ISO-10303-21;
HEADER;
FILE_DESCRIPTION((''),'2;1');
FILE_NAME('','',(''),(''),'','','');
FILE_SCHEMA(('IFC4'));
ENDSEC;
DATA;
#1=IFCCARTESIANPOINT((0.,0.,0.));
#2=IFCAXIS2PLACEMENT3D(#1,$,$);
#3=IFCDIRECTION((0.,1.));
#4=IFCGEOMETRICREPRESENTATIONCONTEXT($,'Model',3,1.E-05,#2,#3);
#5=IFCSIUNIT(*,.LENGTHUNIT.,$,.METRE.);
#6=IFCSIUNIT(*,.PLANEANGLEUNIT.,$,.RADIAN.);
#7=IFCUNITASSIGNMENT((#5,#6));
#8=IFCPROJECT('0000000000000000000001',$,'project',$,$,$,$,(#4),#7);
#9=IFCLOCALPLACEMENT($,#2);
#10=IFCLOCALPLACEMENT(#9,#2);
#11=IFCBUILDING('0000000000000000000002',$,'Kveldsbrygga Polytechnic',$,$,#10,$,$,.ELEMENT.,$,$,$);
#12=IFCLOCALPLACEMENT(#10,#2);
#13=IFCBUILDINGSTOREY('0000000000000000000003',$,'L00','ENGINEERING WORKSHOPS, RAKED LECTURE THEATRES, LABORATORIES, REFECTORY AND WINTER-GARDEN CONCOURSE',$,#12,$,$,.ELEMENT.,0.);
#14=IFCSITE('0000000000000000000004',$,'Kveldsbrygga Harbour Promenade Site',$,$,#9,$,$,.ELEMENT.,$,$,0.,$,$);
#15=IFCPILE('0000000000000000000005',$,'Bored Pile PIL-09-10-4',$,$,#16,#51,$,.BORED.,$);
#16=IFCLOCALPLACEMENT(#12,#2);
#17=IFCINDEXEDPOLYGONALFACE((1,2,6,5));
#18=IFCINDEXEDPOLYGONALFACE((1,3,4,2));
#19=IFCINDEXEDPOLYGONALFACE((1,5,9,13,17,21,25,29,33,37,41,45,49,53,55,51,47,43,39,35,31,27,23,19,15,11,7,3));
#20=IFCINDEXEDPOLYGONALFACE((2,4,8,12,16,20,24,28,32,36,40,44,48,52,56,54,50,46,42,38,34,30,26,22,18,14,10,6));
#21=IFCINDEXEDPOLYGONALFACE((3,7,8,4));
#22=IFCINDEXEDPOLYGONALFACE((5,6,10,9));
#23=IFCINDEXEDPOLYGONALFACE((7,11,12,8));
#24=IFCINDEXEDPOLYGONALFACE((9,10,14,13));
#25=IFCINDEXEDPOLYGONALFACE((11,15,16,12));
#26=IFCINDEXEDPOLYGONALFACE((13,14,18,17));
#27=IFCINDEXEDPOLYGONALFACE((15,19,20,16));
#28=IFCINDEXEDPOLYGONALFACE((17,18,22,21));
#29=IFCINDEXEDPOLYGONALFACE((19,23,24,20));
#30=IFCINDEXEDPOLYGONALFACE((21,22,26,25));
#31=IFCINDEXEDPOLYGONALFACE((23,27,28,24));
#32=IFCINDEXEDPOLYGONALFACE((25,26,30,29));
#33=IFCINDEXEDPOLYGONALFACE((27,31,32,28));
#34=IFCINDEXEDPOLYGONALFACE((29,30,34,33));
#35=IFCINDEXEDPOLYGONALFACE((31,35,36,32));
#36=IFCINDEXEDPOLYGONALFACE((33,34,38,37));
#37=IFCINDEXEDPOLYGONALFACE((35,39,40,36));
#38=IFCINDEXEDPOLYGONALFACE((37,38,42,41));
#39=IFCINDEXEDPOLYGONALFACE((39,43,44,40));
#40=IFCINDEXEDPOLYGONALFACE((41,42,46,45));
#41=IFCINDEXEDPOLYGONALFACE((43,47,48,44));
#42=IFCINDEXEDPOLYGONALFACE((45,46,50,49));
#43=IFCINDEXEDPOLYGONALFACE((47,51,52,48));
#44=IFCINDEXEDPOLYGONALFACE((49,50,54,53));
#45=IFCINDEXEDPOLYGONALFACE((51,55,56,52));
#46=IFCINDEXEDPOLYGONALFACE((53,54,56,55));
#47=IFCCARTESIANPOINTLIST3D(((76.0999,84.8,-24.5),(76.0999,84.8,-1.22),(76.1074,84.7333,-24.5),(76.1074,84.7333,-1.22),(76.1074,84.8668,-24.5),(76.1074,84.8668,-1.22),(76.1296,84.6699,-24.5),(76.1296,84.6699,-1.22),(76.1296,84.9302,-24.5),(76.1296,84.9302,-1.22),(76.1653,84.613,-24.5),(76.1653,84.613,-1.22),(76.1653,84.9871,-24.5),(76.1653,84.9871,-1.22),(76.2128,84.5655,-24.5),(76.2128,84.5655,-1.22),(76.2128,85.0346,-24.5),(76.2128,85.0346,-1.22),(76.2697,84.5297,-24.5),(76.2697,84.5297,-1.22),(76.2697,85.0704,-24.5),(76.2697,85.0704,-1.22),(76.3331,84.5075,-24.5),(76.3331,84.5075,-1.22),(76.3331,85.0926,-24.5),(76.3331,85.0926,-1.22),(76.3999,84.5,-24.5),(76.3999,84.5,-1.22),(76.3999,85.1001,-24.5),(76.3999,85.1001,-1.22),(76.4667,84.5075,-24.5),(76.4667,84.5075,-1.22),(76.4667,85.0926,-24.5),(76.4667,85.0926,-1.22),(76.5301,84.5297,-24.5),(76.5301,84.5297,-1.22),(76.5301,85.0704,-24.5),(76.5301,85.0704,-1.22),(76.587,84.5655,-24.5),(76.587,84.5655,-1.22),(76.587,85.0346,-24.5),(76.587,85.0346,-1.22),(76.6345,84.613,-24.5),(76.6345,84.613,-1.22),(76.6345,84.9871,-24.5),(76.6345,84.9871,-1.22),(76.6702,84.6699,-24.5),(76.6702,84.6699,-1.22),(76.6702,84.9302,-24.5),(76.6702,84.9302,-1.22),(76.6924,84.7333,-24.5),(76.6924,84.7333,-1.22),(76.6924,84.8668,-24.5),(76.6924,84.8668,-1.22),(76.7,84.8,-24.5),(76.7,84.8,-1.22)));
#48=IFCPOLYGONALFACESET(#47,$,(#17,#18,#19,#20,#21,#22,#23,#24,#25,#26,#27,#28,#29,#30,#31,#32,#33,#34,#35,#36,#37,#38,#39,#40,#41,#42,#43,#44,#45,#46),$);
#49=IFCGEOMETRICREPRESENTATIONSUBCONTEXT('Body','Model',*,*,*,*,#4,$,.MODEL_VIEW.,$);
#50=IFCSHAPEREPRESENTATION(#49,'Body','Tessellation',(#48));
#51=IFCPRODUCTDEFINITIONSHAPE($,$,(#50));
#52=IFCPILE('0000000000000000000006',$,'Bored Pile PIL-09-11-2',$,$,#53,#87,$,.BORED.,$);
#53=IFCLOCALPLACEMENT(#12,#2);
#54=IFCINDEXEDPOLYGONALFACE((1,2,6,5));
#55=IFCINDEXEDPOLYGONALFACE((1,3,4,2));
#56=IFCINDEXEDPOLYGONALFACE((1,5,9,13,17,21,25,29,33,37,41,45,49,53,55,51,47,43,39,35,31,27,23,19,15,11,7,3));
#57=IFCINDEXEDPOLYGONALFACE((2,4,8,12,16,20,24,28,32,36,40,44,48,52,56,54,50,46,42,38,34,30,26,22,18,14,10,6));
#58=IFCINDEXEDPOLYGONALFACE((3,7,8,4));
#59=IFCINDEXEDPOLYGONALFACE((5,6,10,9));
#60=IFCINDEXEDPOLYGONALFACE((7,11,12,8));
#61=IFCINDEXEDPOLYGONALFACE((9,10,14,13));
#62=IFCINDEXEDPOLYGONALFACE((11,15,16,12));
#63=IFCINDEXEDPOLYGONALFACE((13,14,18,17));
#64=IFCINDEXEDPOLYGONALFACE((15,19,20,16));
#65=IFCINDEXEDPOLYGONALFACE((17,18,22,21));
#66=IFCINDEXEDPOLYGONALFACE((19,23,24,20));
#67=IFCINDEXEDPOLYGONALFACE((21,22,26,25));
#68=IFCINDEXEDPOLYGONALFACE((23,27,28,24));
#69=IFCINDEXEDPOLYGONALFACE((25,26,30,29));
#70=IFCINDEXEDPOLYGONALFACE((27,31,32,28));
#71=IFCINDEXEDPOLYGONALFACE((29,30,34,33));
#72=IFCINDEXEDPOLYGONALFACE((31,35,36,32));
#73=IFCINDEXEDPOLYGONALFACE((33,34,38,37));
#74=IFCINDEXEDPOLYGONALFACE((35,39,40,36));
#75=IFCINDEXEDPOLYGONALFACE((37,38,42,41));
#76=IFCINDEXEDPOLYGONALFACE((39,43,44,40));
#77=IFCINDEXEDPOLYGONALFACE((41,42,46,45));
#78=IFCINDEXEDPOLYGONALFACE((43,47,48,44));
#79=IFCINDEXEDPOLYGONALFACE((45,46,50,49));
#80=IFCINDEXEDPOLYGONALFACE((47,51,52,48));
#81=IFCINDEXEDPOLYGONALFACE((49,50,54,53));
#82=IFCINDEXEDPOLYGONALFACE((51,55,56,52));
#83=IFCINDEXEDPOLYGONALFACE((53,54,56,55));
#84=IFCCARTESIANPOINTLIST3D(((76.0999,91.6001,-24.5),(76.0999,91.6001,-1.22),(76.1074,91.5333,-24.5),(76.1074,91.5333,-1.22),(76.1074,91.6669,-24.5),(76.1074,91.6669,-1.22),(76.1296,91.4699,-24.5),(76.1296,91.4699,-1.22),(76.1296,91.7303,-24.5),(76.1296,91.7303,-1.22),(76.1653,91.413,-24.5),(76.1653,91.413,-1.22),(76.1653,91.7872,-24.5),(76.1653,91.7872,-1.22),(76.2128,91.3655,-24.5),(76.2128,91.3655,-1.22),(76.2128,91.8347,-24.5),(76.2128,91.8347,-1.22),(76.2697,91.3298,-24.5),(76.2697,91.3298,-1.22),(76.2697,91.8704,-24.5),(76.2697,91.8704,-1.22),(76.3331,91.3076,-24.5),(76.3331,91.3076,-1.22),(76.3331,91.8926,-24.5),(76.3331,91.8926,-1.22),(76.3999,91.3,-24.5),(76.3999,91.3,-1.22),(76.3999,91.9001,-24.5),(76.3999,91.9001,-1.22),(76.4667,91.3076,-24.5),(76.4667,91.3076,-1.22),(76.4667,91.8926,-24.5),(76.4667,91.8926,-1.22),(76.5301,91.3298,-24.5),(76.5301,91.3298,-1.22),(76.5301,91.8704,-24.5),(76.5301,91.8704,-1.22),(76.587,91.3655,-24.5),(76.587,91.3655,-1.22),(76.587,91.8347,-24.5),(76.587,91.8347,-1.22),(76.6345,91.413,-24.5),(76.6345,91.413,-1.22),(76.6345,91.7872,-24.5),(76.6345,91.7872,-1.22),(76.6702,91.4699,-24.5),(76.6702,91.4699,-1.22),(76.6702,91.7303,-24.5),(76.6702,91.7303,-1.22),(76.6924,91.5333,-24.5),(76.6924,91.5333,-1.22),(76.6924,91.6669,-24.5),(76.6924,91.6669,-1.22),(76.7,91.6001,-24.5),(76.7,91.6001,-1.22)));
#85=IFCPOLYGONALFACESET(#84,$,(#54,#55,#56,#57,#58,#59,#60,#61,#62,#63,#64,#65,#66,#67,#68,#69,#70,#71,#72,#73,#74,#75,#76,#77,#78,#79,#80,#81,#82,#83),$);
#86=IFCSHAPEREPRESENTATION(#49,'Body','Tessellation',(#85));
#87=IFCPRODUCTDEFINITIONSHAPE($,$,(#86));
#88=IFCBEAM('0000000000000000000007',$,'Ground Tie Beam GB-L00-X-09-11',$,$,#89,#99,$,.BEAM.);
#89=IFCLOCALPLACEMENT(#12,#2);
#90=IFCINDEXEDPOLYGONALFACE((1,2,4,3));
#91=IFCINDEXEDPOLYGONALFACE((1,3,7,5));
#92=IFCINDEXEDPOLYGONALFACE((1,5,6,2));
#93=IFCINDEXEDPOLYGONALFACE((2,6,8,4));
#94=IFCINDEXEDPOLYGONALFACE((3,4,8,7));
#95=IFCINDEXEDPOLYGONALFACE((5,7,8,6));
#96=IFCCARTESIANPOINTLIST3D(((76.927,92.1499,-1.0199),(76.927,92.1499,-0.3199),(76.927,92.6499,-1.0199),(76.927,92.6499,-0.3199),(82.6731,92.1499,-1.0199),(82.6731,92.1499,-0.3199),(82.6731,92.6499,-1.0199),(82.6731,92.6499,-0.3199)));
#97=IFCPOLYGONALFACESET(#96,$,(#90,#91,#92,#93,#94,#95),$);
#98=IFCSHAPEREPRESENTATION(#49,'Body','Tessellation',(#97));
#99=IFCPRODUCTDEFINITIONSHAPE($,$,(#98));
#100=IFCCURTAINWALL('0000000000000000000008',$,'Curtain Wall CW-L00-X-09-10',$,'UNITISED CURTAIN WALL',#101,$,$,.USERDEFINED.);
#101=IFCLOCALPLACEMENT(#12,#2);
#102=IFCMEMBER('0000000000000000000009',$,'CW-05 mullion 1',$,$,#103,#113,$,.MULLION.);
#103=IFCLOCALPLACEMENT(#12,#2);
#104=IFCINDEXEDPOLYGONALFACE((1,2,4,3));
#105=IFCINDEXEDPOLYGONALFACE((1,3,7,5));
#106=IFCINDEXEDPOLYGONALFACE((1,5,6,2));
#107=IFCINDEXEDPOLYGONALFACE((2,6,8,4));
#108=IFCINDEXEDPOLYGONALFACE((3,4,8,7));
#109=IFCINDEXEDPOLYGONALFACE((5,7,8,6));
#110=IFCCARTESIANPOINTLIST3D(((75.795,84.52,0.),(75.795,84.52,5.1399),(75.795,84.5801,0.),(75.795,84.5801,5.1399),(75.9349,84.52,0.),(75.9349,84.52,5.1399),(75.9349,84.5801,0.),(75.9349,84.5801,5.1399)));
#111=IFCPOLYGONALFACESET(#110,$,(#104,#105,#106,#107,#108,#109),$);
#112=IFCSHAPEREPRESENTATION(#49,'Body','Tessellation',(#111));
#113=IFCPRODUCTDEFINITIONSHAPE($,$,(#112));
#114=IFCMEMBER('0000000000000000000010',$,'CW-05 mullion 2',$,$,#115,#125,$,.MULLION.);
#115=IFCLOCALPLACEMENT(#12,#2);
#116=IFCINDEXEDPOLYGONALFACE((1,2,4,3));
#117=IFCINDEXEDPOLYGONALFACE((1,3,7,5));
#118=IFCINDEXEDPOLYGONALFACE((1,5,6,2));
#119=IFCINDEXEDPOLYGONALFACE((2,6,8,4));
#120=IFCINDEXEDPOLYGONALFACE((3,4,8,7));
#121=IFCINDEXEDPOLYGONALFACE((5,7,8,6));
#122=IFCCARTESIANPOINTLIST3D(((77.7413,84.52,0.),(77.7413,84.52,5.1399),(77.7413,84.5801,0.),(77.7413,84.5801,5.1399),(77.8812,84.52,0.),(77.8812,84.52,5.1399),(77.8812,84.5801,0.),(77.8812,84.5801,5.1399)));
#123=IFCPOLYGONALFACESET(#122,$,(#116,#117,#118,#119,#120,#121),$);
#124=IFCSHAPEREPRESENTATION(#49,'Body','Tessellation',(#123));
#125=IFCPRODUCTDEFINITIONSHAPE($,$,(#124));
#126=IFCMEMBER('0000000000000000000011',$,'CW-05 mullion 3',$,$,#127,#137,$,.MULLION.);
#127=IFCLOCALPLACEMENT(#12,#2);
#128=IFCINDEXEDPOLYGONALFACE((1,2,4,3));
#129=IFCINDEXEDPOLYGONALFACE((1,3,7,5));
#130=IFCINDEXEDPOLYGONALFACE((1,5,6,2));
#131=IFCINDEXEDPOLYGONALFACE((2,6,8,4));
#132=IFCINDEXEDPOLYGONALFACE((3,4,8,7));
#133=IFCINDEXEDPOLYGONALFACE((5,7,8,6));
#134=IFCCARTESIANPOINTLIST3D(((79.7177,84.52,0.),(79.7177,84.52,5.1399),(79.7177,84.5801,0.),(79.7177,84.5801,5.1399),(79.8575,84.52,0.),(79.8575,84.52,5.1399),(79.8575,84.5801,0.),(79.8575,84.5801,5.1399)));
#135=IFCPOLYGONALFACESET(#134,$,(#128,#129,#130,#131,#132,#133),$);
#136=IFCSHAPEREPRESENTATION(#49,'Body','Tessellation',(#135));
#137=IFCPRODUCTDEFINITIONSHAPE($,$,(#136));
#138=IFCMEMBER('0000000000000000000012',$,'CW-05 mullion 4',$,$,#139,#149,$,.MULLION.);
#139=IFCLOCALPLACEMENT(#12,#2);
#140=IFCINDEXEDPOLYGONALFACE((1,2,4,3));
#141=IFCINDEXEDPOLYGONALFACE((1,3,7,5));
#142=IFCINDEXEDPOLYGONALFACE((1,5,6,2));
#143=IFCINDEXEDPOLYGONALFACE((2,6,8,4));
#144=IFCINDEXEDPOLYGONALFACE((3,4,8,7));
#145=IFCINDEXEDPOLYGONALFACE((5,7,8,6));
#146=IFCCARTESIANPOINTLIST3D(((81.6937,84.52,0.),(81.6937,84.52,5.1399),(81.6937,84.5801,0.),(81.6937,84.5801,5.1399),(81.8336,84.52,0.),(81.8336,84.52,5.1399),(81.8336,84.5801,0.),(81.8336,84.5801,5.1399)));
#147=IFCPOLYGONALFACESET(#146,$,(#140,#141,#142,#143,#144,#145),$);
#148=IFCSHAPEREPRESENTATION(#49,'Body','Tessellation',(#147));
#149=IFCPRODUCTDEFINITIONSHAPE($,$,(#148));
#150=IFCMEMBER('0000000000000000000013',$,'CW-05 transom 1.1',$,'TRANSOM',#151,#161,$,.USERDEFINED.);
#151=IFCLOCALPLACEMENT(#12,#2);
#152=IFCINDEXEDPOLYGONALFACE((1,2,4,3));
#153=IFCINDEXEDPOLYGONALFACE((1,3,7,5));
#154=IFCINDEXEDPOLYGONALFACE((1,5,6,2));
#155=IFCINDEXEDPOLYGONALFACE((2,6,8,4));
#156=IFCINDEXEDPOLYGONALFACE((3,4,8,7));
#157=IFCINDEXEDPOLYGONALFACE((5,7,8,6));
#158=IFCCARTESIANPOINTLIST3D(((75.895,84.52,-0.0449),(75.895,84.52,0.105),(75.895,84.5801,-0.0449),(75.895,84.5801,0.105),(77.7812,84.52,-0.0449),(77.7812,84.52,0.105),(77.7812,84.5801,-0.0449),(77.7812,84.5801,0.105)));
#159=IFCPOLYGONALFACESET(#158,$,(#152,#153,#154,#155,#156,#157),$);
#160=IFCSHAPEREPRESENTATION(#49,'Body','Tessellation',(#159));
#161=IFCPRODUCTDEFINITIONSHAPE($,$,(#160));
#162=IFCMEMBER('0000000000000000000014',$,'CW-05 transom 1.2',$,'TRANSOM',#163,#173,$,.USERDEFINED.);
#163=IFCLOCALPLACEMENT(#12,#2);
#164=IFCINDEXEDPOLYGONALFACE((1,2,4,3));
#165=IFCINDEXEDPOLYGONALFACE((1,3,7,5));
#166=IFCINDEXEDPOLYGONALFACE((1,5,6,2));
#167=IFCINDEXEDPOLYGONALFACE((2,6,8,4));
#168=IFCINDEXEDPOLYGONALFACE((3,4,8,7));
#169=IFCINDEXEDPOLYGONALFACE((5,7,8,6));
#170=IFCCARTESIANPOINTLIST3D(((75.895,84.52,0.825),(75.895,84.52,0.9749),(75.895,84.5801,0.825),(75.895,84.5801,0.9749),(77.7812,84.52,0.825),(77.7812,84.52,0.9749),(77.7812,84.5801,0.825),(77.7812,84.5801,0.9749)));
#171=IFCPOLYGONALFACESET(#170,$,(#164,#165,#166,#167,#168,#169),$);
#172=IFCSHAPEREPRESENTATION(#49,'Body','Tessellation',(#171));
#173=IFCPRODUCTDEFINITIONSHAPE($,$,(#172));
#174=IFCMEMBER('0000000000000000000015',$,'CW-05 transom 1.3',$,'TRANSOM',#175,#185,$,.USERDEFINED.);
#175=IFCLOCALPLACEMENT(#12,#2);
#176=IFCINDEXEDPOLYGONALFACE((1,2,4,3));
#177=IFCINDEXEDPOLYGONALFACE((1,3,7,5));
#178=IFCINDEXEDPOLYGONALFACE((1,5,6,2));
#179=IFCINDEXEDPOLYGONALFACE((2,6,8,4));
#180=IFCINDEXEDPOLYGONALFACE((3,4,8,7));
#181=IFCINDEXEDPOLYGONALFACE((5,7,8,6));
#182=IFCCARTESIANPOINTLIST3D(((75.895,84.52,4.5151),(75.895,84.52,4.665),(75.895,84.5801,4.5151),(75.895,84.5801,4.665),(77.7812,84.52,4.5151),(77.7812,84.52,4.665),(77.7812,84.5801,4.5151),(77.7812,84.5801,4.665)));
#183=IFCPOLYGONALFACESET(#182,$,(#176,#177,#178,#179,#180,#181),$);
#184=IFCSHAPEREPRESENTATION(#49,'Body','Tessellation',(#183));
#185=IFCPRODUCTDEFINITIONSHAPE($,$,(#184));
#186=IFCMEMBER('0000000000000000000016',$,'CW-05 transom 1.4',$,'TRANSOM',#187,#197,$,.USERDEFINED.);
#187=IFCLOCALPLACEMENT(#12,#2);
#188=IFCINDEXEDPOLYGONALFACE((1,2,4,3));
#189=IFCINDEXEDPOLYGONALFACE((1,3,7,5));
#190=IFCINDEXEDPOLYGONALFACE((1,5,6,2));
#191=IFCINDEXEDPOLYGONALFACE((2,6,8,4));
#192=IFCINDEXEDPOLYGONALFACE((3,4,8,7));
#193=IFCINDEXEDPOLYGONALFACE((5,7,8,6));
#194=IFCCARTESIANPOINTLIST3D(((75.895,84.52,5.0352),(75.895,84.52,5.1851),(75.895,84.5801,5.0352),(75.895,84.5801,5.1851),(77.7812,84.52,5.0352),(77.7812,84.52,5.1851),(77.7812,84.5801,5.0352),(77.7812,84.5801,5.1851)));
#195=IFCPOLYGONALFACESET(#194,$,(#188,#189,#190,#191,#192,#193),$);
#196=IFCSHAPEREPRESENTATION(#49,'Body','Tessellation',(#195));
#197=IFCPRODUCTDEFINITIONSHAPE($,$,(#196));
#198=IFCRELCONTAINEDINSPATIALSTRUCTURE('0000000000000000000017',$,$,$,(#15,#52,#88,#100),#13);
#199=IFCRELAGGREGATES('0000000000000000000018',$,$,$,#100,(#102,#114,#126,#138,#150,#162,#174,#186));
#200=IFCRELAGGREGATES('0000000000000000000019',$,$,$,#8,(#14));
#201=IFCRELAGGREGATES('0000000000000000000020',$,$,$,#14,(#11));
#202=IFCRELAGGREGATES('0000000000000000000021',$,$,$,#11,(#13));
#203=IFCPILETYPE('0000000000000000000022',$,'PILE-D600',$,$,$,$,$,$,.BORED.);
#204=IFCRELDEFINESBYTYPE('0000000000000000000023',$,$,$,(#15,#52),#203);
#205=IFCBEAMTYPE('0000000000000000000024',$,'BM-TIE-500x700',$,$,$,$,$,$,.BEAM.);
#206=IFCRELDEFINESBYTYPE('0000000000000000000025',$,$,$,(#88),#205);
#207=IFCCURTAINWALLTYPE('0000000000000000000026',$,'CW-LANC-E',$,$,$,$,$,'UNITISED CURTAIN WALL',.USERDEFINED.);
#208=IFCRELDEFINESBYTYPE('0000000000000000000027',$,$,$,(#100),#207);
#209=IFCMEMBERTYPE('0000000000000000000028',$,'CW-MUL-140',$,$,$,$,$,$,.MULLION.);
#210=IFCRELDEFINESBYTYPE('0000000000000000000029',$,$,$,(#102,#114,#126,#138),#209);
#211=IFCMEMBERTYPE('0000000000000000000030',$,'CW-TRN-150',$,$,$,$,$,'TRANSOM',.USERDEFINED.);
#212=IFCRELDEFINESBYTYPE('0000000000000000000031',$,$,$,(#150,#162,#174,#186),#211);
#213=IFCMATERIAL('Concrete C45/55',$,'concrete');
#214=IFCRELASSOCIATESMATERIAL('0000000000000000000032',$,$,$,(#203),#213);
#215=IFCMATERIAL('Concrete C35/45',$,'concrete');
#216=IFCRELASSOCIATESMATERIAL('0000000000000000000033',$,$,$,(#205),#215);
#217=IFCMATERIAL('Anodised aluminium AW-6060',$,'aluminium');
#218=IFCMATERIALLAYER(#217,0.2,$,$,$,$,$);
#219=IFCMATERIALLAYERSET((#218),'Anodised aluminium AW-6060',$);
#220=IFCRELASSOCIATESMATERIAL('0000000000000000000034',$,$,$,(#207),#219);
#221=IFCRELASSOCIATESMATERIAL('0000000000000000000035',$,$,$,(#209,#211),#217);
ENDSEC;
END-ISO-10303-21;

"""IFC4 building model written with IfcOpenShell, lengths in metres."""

from ifc_helpers import new_model, si_unit, direction, frame, origin, origin_2d, place, context, subcontext, project, spatial, rectangle, circle, extrude, material, layer, layer_set, material_profile, profile_set, type_object, element, aggregate, save


model = new_model("IFC4")

# Units and contexts
model_context = context("Model", 3, precision=1e-05, world=origin(), true_north=direction((0.0, 1.0)))
body_context = subcontext(model_context, "Body", "Model", "MODEL_VIEW")
ifc_project = project(units=[si_unit("LENGTHUNIT", "METRE"), si_unit("PLANEANGLEUNIT", "RADIAN")], contexts=[model_context])

# Site, building, storey
site_placement = place(None, origin())
site = spatial("IfcSite", under=ifc_project, at=site_placement, Name="Kveldsbrygga Harbour Promenade Site", CompositionType="ELEMENT", RefElevation=0.0)
building_placement = place(site_placement, origin())
building = spatial("IfcBuilding", under=site, at=building_placement, Name="Kveldsbrygga Polytechnic", CompositionType="ELEMENT")
storey_placement = place(building_placement, origin())
storey = spatial("IfcBuildingStorey", under=building, at=storey_placement, Name="L00", Description="ENGINEERING WORKSHOPS, RAKED LECTURE THEATRES, LABORATORIES, REFECTORY AND WINTER-GARDEN CONCOURSE", CompositionType="ELEMENT", Elevation=0.0)

# Piles
ifc_material_1 = material(Name="Concrete C45/55", Category="concrete")
ifc_material_profile_1 = material_profile(ifc_material_1, circle(Radius=0.3, at=origin_2d()), Name="PILE D600")
ifc_profile_set_1 = profile_set([ifc_material_profile_1], Name="Concrete C45/55")
pile_type = type_object("IfcPileType", Name="PILE-D600", PredefinedType="BORED", material=ifc_profile_set_1)
for number, where, z_axis, x_axis, name in (
    (1, (76.3999, 84.8, -1.22), (0.0, 0.0, -1.0), (1.0, 0.0, 0.0), "Bored Pile PIL-09-10-4"),
    (2, (76.3999, 91.6001, -1.22), (0.0, 0.0, -1.0), (1.0, 0.0, 0.0), "Bored Pile PIL-09-11-2"),
):
    element("IfcPile", number, at=place(storey_placement, frame(where, z_axis=z_axis, x_axis=x_axis)), inside=storey, type_object=pile_type, Name=name, PredefinedType="BORED", context=body_context, shape_type="SweptSolid", body=[
        extrude(circle(Radius=0.3, at=origin_2d()), origin(), (0.0, 0.0, 1.0), 23.28),
    ])

# Beam
ifc_material_2 = material(Name="Concrete C35/45", Category="concrete")
ifc_material_profile_2 = material_profile(ifc_material_2, rectangle(XDim=0.5, YDim=0.7, at=origin_2d()), Name="RC 500x700")
ifc_profile_set_2 = profile_set([ifc_material_profile_2], Name="Concrete C35/45")
beam_type_1 = type_object("IfcBeamType", Name="BM-TIE-500x700", PredefinedType="BEAM", material=ifc_profile_set_2)
beam_1_placement = place(storey_placement, frame((76.927, 92.3999, -0.6699), z_axis=(1.0, 0.0, 0.0), x_axis=(0.0, 1.0, 0.0)))
element("IfcBeam", 3, at=beam_1_placement, inside=storey, type_object=beam_type_1, Name="Ground Tie Beam GB-L00-X-09-11", PredefinedType="BEAM", context=body_context, shape_type="SweptSolid", body=[
    extrude(rectangle(XDim=0.5, YDim=0.7, at=origin_2d()), origin(), (0.0, 0.0, 1.0), 5.7461),
])

# Curtain wall, members
ifc_material_3 = material(Name="Anodised aluminium AW-6060", Category="aluminium")
ifc_layer_1 = layer(ifc_material_3, 0.2)
ifc_layer_set_1 = layer_set([ifc_layer_1], Name="Anodised aluminium AW-6060")
curtain_wall_type = type_object("IfcCurtainWallType", Name="CW-LANC-E", ElementType="UNITISED CURTAIN WALL", PredefinedType="USERDEFINED", material=ifc_layer_set_1)
curtain_wall_placement = place(storey_placement, origin())
curtain_wall = element("IfcCurtainWall", 4, at=curtain_wall_placement, inside=storey, type_object=curtain_wall_type, Name="Curtain Wall CW-L00-X-09-10", ObjectType="UNITISED CURTAIN WALL", PredefinedType="USERDEFINED")
ifc_material_profile_3 = material_profile(ifc_material_3, rectangle(XDim=0.0601, YDim=0.1399, at=origin_2d()), Name="ALU 60x140")
ifc_profile_set_3 = profile_set([ifc_material_profile_3], Name="Anodised aluminium AW-6060")
member_type_1 = type_object("IfcMemberType", Name="CW-MUL-140", PredefinedType="MULLION", material=ifc_profile_set_3)
member_1_placement = place(storey_placement, frame((75.865, 84.55, 0.0), z_axis=(0.0, 0.0, 1.0), x_axis=(0.0, 1.0, 0.0)))
member_1 = element("IfcMember", 5, at=member_1_placement, type_object=member_type_1, Name="CW-05 mullion 1", PredefinedType="MULLION", context=body_context, shape_type="SweptSolid", body=[
    extrude(rectangle(XDim=0.0601, YDim=0.1399, at=origin_2d()), origin(), (0.0, 0.0, 1.0), 5.1399),
])
member_2_placement = place(storey_placement, frame((77.8113, 84.55, 0.0), z_axis=(0.0, 0.0, 1.0), x_axis=(0.0, 1.0, 0.0)))
member_2 = element("IfcMember", 6, at=member_2_placement, type_object=member_type_1, Name="CW-05 mullion 2", PredefinedType="MULLION", context=body_context, shape_type="SweptSolid", body=[
    extrude(rectangle(XDim=0.0601, YDim=0.1399, at=origin_2d()), origin(), (0.0, 0.0, 1.0), 5.1399),
])
member_3_placement = place(storey_placement, frame((79.7876, 84.55, 0.0), z_axis=(0.0, 0.0, 1.0), x_axis=(0.0, 1.0, 0.0)))
member_3 = element("IfcMember", 7, at=member_3_placement, type_object=member_type_1, Name="CW-05 mullion 3", PredefinedType="MULLION", context=body_context, shape_type="SweptSolid", body=[
    extrude(rectangle(XDim=0.0601, YDim=0.1399, at=origin_2d()), origin(), (0.0, 0.0, 1.0), 5.1399),
])
member_4_placement = place(storey_placement, frame((81.7637, 84.55, 0.0), z_axis=(0.0, 0.0, 1.0), x_axis=(0.0, 1.0, 0.0)))
member_4 = element("IfcMember", 8, at=member_4_placement, type_object=member_type_1, Name="CW-05 mullion 4", PredefinedType="MULLION", context=body_context, shape_type="SweptSolid", body=[
    extrude(rectangle(XDim=0.0601, YDim=0.1399, at=origin_2d()), origin(), (0.0, 0.0, 1.0), 5.1399),
])
ifc_material_profile_4 = material_profile(ifc_material_3, rectangle(XDim=0.0601, YDim=0.1499, at=origin_2d()), Name="ALU 60x150")
ifc_profile_set_4 = profile_set([ifc_material_profile_4], Name="Anodised aluminium AW-6060")
member_type_2 = type_object("IfcMemberType", Name="CW-TRN-150", ElementType="TRANSOM", PredefinedType="USERDEFINED", material=ifc_profile_set_4)
member_5_placement = place(storey_placement, frame((75.895, 84.55, 0.03), z_axis=(1.0, 0.0, 0.0), x_axis=(0.0, 1.0, 0.0)))
member_5 = element("IfcMember", 9, at=member_5_placement, type_object=member_type_2, Name="CW-05 transom 1.1", ObjectType="TRANSOM", PredefinedType="USERDEFINED", context=body_context, shape_type="SweptSolid", body=[
    extrude(rectangle(XDim=0.0601, YDim=0.1499, at=origin_2d()), origin(), (0.0, 0.0, 1.0), 1.8862),
])
member_6_placement = place(storey_placement, frame((75.895, 84.55, 0.8999), z_axis=(1.0, 0.0, 0.0), x_axis=(0.0, 1.0, 0.0)))
member_6 = element("IfcMember", 10, at=member_6_placement, type_object=member_type_2, Name="CW-05 transom 1.2", ObjectType="TRANSOM", PredefinedType="USERDEFINED", context=body_context, shape_type="SweptSolid", body=[
    extrude(rectangle(XDim=0.0601, YDim=0.1499, at=origin_2d()), origin(), (0.0, 0.0, 1.0), 1.8862),
])
member_7_placement = place(storey_placement, frame((75.895, 84.55, 4.5901), z_axis=(1.0, 0.0, 0.0), x_axis=(0.0, 1.0, 0.0)))
member_7 = element("IfcMember", 11, at=member_7_placement, type_object=member_type_2, Name="CW-05 transom 1.3", ObjectType="TRANSOM", PredefinedType="USERDEFINED", context=body_context, shape_type="SweptSolid", body=[
    extrude(rectangle(XDim=0.0601, YDim=0.1499, at=origin_2d()), origin(), (0.0, 0.0, 1.0), 1.8862),
])
member_8_placement = place(storey_placement, frame((75.895, 84.55, 5.1101), z_axis=(1.0, 0.0, 0.0), x_axis=(0.0, 1.0, 0.0)))
member_8 = element("IfcMember", 12, at=member_8_placement, type_object=member_type_2, Name="CW-05 transom 1.4", ObjectType="TRANSOM", PredefinedType="USERDEFINED", context=body_context, shape_type="SweptSolid", body=[
    extrude(rectangle(XDim=0.0601, YDim=0.1499, at=origin_2d()), origin(), (0.0, 0.0, 1.0), 1.8862),
])

aggregate(curtain_wall, [member_1, member_2, member_3, member_4, member_5, member_6, member_7, member_8])

save(model, "model.ifc")
